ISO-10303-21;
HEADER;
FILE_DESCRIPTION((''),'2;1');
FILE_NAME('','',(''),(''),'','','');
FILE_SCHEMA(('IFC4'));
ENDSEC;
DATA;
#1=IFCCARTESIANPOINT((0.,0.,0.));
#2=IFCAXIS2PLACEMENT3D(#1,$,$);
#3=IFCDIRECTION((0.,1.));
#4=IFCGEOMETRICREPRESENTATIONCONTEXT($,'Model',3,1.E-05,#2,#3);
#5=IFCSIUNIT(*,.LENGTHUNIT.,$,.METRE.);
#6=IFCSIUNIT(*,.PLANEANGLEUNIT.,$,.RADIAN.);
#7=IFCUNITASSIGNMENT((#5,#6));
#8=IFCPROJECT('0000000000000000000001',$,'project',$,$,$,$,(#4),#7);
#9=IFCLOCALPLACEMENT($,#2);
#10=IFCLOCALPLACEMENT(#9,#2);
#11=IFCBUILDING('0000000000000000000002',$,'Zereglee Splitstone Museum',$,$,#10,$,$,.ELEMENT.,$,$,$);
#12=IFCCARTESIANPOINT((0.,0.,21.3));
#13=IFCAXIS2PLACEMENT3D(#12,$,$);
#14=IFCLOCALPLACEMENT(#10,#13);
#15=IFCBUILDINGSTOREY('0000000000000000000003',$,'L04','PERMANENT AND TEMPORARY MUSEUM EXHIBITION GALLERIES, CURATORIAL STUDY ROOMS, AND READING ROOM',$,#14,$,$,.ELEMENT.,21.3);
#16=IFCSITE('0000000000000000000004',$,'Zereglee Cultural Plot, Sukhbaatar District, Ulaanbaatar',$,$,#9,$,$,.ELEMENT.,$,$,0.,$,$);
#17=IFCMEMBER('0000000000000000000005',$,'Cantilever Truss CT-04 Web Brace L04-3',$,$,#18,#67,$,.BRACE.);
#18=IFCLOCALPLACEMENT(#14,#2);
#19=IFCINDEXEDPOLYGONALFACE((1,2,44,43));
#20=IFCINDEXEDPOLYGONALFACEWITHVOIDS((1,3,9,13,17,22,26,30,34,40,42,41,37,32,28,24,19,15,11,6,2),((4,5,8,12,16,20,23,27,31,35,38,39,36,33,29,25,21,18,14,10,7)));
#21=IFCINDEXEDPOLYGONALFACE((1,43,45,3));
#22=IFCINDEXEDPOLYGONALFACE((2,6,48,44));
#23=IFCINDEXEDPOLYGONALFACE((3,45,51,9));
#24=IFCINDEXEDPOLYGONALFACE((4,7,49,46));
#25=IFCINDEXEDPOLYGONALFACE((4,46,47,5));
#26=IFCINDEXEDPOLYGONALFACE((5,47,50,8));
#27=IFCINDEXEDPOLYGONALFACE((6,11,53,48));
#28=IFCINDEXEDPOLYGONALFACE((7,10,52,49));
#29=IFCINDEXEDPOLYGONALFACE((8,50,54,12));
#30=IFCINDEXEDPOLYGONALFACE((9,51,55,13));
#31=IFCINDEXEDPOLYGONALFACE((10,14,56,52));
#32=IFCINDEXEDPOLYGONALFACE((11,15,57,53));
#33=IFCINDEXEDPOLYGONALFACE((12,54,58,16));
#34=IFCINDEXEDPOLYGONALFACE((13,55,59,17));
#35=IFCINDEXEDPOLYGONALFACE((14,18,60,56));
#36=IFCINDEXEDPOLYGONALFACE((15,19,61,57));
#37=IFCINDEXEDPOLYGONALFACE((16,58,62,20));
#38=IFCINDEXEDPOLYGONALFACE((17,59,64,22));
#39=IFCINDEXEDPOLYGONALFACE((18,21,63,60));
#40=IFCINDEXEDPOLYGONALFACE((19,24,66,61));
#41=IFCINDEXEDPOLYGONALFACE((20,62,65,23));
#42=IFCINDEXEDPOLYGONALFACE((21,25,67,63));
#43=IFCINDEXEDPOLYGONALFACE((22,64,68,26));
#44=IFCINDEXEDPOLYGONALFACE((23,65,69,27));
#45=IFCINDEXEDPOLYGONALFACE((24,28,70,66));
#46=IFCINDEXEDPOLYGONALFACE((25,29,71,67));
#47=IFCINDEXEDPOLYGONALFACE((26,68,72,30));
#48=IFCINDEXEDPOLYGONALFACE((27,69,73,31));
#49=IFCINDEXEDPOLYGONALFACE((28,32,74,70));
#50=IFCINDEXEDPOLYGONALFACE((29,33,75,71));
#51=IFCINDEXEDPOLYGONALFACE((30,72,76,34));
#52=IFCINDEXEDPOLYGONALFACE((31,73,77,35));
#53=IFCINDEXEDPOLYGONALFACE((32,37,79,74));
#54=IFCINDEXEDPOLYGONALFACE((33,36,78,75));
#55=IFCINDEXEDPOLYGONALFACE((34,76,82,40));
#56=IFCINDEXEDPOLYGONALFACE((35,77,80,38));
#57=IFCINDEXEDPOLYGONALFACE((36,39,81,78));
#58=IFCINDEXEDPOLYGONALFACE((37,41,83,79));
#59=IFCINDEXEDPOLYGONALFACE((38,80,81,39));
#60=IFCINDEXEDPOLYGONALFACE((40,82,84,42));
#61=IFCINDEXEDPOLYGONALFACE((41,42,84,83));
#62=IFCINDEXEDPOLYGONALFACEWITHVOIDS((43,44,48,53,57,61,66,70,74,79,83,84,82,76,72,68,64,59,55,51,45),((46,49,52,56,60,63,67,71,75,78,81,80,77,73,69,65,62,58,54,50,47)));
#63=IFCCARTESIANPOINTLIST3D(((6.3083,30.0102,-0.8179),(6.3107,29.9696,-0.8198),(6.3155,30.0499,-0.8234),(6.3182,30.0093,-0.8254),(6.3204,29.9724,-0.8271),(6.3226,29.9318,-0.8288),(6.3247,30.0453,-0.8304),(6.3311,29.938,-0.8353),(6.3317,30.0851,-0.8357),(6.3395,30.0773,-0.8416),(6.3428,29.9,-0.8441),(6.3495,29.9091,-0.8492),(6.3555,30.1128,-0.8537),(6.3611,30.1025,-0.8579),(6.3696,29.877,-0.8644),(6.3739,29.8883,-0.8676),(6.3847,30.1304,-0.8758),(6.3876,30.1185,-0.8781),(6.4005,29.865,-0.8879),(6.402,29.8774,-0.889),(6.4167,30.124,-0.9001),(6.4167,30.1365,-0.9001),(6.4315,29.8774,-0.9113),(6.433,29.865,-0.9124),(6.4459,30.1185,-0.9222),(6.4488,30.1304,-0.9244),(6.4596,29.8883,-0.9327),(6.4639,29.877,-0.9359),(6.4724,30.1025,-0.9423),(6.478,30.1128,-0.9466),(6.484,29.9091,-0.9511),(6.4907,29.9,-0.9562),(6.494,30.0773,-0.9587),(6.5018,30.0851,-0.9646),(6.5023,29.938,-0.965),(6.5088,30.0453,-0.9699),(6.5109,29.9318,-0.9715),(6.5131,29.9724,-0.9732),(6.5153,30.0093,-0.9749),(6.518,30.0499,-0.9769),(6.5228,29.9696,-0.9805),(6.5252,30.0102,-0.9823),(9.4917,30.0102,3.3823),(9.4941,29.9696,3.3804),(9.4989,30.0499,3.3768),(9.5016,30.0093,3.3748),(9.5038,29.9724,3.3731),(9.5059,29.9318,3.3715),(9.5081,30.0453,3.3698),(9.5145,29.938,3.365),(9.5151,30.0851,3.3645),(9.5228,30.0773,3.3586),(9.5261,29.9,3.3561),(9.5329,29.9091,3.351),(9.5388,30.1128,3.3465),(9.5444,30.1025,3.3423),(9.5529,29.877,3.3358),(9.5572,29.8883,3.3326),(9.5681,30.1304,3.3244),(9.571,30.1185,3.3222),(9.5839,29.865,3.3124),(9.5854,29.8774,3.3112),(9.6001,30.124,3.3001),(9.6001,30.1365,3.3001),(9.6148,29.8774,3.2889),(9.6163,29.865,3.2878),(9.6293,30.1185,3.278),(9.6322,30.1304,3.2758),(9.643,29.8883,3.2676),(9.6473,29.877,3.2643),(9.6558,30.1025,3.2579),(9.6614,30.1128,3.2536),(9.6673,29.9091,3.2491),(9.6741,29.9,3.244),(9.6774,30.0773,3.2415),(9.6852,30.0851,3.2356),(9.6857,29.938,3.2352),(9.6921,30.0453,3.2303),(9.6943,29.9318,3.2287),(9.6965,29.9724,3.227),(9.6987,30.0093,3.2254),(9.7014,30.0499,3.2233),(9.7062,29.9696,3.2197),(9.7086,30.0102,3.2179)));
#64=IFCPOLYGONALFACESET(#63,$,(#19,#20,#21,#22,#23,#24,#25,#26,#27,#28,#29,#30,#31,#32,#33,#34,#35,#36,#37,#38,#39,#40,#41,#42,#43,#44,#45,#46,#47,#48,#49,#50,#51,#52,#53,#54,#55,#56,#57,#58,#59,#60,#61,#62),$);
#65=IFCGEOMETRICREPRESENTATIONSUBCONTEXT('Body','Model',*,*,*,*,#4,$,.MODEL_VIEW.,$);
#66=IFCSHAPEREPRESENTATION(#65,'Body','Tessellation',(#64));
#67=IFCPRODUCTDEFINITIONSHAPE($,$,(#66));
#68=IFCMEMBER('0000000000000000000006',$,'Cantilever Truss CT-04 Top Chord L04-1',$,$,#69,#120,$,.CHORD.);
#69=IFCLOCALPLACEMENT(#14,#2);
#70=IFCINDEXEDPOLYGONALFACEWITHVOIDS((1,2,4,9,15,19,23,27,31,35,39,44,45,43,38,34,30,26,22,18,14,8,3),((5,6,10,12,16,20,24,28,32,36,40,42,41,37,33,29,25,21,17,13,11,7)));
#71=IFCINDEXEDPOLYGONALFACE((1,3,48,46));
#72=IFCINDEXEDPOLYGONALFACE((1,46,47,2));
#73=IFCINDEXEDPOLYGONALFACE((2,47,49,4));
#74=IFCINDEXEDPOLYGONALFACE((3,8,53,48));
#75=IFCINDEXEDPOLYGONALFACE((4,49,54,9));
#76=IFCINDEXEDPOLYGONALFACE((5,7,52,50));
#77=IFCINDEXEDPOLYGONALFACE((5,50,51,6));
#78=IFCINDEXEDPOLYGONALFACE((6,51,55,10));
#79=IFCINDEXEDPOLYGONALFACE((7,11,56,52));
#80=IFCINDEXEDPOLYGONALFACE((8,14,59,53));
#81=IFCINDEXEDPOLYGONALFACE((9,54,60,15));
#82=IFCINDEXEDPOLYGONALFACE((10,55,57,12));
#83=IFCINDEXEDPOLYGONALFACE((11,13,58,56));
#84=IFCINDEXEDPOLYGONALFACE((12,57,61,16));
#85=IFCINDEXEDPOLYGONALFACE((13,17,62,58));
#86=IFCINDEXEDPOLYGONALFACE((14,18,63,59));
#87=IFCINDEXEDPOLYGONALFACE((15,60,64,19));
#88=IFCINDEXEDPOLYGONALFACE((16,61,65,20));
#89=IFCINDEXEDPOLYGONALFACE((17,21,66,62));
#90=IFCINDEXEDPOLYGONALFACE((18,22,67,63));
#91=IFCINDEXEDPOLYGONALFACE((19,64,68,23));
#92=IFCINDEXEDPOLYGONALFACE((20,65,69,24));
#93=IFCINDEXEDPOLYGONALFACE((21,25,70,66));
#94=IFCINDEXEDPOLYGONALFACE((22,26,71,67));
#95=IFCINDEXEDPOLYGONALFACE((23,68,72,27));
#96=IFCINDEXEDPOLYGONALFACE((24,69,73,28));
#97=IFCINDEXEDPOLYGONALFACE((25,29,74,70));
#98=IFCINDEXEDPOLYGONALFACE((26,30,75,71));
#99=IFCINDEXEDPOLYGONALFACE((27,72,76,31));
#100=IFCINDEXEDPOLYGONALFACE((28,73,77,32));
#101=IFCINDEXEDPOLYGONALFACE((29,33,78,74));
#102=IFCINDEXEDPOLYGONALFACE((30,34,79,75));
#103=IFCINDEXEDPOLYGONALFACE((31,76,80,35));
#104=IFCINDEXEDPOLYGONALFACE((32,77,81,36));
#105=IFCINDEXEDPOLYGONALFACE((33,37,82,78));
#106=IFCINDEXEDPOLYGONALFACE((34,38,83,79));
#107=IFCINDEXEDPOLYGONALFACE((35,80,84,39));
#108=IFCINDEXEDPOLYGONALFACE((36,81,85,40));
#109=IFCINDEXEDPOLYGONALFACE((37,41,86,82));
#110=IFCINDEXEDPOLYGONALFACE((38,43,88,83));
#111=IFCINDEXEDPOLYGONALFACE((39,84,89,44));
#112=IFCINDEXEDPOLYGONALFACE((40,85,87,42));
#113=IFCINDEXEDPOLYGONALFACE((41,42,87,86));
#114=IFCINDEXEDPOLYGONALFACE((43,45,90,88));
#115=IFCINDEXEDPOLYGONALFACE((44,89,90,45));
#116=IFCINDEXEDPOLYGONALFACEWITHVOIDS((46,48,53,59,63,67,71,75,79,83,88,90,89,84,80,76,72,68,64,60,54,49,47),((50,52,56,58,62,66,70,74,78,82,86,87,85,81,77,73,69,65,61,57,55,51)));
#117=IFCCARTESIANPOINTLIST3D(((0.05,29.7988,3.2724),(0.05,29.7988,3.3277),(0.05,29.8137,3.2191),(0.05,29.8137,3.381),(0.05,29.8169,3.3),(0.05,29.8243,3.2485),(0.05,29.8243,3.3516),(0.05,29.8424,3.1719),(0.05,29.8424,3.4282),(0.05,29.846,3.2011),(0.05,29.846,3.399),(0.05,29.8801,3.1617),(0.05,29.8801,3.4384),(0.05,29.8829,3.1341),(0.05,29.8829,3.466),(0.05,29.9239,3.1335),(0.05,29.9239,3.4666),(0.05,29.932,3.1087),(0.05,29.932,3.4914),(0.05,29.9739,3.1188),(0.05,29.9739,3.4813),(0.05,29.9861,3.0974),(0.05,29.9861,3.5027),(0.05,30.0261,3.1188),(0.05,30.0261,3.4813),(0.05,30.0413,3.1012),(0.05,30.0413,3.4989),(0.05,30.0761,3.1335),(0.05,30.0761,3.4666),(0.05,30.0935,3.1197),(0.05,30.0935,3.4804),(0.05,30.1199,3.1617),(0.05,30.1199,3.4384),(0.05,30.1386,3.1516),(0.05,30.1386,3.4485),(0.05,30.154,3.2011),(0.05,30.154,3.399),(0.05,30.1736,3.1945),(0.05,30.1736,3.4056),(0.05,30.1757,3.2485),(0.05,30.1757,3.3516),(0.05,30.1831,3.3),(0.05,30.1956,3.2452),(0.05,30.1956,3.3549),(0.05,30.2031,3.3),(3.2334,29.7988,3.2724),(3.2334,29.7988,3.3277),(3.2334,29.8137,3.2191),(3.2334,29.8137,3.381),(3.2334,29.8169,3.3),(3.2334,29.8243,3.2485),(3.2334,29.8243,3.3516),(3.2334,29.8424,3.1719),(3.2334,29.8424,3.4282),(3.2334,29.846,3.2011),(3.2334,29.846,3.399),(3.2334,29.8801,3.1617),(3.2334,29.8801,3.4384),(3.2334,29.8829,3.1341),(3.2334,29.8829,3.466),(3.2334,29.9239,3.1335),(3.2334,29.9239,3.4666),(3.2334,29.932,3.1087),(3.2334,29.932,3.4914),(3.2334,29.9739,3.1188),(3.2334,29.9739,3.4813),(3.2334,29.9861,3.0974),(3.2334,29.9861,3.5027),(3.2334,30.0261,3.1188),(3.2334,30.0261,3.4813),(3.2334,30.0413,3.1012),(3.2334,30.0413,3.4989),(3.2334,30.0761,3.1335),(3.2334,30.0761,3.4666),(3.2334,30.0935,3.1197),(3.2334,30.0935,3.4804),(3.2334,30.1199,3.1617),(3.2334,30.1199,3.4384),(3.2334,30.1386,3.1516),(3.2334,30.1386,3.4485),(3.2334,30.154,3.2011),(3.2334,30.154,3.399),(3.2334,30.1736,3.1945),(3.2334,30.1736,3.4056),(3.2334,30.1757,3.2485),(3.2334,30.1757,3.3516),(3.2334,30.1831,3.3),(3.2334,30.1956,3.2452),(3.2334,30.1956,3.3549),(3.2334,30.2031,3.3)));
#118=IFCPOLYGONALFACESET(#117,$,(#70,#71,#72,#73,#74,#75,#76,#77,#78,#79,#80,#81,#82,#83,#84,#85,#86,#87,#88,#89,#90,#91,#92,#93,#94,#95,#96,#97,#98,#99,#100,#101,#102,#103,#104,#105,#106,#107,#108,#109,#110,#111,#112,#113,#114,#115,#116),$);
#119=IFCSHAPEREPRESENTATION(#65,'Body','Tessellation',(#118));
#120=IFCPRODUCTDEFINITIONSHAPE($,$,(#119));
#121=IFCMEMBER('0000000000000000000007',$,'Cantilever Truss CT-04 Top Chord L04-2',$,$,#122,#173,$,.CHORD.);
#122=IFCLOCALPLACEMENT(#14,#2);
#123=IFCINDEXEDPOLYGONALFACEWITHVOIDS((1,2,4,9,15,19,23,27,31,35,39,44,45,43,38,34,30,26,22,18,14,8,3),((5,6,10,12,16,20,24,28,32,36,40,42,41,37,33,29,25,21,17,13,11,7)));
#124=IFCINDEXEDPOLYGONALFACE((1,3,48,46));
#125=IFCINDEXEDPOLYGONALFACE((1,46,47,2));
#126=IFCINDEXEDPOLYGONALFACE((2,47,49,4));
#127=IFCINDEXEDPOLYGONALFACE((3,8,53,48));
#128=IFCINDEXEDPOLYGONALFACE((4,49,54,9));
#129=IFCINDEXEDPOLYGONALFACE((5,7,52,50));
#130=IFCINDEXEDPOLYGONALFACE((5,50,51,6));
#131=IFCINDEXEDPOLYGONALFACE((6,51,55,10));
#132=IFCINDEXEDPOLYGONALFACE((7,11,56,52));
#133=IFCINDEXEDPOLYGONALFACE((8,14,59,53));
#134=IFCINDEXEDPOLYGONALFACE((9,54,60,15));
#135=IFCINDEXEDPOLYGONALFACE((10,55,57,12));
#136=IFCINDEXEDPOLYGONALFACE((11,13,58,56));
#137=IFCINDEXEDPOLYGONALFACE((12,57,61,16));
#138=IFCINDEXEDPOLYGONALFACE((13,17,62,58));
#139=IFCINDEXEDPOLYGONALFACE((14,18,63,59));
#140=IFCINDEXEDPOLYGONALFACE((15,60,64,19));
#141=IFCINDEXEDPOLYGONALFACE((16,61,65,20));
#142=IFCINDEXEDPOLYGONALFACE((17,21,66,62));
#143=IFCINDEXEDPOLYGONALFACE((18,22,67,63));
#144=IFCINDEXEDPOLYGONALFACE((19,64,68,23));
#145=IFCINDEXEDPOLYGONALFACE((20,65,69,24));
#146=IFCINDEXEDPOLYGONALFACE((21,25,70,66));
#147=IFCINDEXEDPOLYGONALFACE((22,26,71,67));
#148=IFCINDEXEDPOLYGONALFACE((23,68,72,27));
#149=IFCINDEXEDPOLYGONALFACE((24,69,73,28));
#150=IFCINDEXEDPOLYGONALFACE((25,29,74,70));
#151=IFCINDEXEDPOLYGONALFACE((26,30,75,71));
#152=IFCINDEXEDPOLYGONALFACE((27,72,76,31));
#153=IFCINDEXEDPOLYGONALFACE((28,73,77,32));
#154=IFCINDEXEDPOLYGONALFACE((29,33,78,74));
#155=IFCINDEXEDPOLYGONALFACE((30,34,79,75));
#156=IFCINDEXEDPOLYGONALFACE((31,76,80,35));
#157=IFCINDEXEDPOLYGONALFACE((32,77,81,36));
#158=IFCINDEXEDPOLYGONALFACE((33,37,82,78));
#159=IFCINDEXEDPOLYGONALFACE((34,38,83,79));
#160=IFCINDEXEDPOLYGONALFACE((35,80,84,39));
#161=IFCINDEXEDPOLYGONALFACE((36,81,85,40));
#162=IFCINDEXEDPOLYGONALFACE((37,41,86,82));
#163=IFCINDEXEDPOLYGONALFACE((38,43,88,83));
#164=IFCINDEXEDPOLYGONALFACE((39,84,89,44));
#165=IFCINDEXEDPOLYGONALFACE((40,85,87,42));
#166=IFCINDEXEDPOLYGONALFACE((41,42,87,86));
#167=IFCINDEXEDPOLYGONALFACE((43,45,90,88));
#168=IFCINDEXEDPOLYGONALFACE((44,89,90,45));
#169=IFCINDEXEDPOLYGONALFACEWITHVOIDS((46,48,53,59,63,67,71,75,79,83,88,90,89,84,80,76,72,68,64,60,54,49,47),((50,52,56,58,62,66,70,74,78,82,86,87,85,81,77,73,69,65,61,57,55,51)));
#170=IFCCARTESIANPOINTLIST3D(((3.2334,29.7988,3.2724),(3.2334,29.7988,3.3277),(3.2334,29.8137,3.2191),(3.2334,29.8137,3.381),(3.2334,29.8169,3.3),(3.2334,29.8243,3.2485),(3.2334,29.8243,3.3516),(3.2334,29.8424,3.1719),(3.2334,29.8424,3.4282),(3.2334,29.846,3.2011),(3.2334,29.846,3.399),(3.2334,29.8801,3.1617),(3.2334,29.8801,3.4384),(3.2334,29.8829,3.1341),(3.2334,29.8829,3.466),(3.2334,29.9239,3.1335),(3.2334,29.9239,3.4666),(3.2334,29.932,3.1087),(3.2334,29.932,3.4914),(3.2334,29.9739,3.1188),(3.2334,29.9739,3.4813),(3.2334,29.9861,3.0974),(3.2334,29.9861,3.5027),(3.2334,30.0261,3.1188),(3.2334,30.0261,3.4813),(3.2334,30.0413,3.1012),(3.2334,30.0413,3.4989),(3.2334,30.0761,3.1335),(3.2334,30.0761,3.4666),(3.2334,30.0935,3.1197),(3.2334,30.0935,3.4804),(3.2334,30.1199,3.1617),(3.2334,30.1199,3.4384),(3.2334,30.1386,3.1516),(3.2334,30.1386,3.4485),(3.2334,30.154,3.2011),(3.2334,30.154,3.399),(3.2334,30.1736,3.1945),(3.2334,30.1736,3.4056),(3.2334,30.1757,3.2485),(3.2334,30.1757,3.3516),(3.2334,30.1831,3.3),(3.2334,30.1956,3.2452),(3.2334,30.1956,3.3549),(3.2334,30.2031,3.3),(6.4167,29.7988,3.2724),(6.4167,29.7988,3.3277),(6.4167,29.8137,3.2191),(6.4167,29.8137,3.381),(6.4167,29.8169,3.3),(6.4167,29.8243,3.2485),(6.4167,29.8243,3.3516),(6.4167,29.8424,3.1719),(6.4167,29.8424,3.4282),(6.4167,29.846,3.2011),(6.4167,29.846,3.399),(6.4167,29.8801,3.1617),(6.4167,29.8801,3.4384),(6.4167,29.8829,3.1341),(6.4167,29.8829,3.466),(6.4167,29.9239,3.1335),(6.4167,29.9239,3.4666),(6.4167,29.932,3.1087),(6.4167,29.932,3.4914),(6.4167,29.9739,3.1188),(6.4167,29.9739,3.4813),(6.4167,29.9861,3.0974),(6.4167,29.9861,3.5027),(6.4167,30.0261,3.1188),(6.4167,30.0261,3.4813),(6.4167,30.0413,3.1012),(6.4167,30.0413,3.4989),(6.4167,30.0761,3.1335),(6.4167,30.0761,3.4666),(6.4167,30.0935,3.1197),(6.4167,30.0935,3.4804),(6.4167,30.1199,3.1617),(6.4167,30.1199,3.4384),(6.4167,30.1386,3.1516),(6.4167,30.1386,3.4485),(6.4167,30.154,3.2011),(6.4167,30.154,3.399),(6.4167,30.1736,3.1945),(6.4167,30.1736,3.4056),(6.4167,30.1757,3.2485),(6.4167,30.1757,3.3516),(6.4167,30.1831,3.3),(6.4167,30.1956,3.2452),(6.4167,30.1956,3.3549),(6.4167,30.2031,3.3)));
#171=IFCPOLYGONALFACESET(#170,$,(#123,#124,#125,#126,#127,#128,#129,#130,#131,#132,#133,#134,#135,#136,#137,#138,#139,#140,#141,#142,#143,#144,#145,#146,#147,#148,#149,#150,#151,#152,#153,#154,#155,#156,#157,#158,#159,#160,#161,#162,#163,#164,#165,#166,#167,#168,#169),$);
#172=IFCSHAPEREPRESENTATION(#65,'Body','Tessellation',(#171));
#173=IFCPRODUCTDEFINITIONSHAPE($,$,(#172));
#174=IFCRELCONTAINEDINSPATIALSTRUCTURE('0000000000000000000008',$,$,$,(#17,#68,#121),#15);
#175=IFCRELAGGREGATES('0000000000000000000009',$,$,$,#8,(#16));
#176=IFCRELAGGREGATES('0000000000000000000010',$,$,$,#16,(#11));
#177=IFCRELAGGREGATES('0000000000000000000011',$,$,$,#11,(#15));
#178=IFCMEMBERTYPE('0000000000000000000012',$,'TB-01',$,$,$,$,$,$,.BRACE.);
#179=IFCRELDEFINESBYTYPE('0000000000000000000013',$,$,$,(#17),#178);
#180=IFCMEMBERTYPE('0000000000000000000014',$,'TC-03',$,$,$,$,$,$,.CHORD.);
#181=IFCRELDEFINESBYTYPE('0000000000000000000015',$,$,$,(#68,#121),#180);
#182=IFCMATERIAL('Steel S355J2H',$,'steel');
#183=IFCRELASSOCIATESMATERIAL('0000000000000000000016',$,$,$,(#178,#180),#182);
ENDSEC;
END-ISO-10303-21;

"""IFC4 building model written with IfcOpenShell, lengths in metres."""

from ifc_helpers import new_model, si_unit, direction, frame, origin, origin_2d, place, context, subcontext, project, spatial, hollow_circle, extrude, material, material_profile, profile_set, type_object, element, save


model = new_model("IFC4")

# Units and contexts
model_context = context("Model", 3, precision=1e-05, world=origin(), true_north=direction((0.0, 1.0)))
body_context = subcontext(model_context, "Body", "Model", "MODEL_VIEW")
ifc_project = project(units=[si_unit("LENGTHUNIT", "METRE"), si_unit("PLANEANGLEUNIT", "RADIAN")], contexts=[model_context])

# Site, building, storey
site_placement = place(None, origin())
site = spatial("IfcSite", under=ifc_project, at=site_placement, Name="Zereglee Cultural Plot, Sukhbaatar District, Ulaanbaatar", CompositionType="ELEMENT", RefElevation=0.0)
building_placement = place(site_placement, origin())
building = spatial("IfcBuilding", under=site, at=building_placement, Name="Zereglee Splitstone Museum", CompositionType="ELEMENT")
storey_placement = place(building_placement, frame((0.0, 0.0, 21.3)))
storey = spatial("IfcBuildingStorey", under=building, at=storey_placement, Name="L04", Description="PERMANENT AND TEMPORARY MUSEUM EXHIBITION GALLERIES, CURATORIAL STUDY ROOMS, AND READING ROOM", CompositionType="ELEMENT", Elevation=21.3)

# Members
ifc_material_1 = material(Name="Steel S355J2H", Category="steel")
ifc_material_profile_1 = material_profile(ifc_material_1, hollow_circle(Radius=0.1365, WallThickness=0.0125, at=origin_2d()), Name="CHS 273.0x12.5")
ifc_profile_set_1 = profile_set([ifc_material_profile_1], Name="Steel S355J2H")
member_type_1 = type_object("IfcMemberType", Name="TB-01", PredefinedType="BRACE", material=ifc_profile_set_1)
for number, where, z_axis, x_axis, name in (
    (1, (6.4167, 30.0, -0.9001), (0.604024, 0.0, 0.796966), (0.0, 1.0, 0.0), "Cantilever Truss CT-04 Web Brace L04-3"),
):
    element("IfcMember", number, at=place(storey_placement, frame(where, z_axis=z_axis, x_axis=x_axis)), inside=storey, type_object=member_type_1, Name=name, PredefinedType="BRACE", context=body_context, shape_type="SweptSolid", body=[
        extrude(hollow_circle(Radius=0.1365, WallThickness=0.0125, at=origin_2d()), origin(), (0.0, 0.0, 1.0), 5.2703),
    ])
ifc_material_profile_2 = material_profile(ifc_material_1, hollow_circle(Radius=0.2031, WallThickness=0.02, at=origin_2d()), Name="CHS 406.4x20")
ifc_profile_set_2 = profile_set([ifc_material_profile_2], Name="Steel S355J2H")
member_type_2 = type_object("IfcMemberType", Name="TC-03", PredefinedType="CHORD", material=ifc_profile_set_2)
for number, where, z_axis, x_axis, name in (
    (2, (0.05, 30.0, 3.3), (1.0, 0.0, 0.0), (0.0, 1.0, 0.0), "Cantilever Truss CT-04 Top Chord L04-1"),
    (3, (3.2334, 30.0, 3.3), (1.0, 0.0, 0.0), (0.0, 1.0, 0.0), "Cantilever Truss CT-04 Top Chord L04-2"),
):
    element("IfcMember", number, at=place(storey_placement, frame(where, z_axis=z_axis, x_axis=x_axis)), inside=storey, type_object=member_type_2, Name=name, PredefinedType="CHORD", context=body_context, shape_type="SweptSolid", body=[
        extrude(hollow_circle(Radius=0.2031, WallThickness=0.02, at=origin_2d()), origin(), (0.0, 0.0, 1.0), 3.1833),
    ])

save(model, "model.ifc")
